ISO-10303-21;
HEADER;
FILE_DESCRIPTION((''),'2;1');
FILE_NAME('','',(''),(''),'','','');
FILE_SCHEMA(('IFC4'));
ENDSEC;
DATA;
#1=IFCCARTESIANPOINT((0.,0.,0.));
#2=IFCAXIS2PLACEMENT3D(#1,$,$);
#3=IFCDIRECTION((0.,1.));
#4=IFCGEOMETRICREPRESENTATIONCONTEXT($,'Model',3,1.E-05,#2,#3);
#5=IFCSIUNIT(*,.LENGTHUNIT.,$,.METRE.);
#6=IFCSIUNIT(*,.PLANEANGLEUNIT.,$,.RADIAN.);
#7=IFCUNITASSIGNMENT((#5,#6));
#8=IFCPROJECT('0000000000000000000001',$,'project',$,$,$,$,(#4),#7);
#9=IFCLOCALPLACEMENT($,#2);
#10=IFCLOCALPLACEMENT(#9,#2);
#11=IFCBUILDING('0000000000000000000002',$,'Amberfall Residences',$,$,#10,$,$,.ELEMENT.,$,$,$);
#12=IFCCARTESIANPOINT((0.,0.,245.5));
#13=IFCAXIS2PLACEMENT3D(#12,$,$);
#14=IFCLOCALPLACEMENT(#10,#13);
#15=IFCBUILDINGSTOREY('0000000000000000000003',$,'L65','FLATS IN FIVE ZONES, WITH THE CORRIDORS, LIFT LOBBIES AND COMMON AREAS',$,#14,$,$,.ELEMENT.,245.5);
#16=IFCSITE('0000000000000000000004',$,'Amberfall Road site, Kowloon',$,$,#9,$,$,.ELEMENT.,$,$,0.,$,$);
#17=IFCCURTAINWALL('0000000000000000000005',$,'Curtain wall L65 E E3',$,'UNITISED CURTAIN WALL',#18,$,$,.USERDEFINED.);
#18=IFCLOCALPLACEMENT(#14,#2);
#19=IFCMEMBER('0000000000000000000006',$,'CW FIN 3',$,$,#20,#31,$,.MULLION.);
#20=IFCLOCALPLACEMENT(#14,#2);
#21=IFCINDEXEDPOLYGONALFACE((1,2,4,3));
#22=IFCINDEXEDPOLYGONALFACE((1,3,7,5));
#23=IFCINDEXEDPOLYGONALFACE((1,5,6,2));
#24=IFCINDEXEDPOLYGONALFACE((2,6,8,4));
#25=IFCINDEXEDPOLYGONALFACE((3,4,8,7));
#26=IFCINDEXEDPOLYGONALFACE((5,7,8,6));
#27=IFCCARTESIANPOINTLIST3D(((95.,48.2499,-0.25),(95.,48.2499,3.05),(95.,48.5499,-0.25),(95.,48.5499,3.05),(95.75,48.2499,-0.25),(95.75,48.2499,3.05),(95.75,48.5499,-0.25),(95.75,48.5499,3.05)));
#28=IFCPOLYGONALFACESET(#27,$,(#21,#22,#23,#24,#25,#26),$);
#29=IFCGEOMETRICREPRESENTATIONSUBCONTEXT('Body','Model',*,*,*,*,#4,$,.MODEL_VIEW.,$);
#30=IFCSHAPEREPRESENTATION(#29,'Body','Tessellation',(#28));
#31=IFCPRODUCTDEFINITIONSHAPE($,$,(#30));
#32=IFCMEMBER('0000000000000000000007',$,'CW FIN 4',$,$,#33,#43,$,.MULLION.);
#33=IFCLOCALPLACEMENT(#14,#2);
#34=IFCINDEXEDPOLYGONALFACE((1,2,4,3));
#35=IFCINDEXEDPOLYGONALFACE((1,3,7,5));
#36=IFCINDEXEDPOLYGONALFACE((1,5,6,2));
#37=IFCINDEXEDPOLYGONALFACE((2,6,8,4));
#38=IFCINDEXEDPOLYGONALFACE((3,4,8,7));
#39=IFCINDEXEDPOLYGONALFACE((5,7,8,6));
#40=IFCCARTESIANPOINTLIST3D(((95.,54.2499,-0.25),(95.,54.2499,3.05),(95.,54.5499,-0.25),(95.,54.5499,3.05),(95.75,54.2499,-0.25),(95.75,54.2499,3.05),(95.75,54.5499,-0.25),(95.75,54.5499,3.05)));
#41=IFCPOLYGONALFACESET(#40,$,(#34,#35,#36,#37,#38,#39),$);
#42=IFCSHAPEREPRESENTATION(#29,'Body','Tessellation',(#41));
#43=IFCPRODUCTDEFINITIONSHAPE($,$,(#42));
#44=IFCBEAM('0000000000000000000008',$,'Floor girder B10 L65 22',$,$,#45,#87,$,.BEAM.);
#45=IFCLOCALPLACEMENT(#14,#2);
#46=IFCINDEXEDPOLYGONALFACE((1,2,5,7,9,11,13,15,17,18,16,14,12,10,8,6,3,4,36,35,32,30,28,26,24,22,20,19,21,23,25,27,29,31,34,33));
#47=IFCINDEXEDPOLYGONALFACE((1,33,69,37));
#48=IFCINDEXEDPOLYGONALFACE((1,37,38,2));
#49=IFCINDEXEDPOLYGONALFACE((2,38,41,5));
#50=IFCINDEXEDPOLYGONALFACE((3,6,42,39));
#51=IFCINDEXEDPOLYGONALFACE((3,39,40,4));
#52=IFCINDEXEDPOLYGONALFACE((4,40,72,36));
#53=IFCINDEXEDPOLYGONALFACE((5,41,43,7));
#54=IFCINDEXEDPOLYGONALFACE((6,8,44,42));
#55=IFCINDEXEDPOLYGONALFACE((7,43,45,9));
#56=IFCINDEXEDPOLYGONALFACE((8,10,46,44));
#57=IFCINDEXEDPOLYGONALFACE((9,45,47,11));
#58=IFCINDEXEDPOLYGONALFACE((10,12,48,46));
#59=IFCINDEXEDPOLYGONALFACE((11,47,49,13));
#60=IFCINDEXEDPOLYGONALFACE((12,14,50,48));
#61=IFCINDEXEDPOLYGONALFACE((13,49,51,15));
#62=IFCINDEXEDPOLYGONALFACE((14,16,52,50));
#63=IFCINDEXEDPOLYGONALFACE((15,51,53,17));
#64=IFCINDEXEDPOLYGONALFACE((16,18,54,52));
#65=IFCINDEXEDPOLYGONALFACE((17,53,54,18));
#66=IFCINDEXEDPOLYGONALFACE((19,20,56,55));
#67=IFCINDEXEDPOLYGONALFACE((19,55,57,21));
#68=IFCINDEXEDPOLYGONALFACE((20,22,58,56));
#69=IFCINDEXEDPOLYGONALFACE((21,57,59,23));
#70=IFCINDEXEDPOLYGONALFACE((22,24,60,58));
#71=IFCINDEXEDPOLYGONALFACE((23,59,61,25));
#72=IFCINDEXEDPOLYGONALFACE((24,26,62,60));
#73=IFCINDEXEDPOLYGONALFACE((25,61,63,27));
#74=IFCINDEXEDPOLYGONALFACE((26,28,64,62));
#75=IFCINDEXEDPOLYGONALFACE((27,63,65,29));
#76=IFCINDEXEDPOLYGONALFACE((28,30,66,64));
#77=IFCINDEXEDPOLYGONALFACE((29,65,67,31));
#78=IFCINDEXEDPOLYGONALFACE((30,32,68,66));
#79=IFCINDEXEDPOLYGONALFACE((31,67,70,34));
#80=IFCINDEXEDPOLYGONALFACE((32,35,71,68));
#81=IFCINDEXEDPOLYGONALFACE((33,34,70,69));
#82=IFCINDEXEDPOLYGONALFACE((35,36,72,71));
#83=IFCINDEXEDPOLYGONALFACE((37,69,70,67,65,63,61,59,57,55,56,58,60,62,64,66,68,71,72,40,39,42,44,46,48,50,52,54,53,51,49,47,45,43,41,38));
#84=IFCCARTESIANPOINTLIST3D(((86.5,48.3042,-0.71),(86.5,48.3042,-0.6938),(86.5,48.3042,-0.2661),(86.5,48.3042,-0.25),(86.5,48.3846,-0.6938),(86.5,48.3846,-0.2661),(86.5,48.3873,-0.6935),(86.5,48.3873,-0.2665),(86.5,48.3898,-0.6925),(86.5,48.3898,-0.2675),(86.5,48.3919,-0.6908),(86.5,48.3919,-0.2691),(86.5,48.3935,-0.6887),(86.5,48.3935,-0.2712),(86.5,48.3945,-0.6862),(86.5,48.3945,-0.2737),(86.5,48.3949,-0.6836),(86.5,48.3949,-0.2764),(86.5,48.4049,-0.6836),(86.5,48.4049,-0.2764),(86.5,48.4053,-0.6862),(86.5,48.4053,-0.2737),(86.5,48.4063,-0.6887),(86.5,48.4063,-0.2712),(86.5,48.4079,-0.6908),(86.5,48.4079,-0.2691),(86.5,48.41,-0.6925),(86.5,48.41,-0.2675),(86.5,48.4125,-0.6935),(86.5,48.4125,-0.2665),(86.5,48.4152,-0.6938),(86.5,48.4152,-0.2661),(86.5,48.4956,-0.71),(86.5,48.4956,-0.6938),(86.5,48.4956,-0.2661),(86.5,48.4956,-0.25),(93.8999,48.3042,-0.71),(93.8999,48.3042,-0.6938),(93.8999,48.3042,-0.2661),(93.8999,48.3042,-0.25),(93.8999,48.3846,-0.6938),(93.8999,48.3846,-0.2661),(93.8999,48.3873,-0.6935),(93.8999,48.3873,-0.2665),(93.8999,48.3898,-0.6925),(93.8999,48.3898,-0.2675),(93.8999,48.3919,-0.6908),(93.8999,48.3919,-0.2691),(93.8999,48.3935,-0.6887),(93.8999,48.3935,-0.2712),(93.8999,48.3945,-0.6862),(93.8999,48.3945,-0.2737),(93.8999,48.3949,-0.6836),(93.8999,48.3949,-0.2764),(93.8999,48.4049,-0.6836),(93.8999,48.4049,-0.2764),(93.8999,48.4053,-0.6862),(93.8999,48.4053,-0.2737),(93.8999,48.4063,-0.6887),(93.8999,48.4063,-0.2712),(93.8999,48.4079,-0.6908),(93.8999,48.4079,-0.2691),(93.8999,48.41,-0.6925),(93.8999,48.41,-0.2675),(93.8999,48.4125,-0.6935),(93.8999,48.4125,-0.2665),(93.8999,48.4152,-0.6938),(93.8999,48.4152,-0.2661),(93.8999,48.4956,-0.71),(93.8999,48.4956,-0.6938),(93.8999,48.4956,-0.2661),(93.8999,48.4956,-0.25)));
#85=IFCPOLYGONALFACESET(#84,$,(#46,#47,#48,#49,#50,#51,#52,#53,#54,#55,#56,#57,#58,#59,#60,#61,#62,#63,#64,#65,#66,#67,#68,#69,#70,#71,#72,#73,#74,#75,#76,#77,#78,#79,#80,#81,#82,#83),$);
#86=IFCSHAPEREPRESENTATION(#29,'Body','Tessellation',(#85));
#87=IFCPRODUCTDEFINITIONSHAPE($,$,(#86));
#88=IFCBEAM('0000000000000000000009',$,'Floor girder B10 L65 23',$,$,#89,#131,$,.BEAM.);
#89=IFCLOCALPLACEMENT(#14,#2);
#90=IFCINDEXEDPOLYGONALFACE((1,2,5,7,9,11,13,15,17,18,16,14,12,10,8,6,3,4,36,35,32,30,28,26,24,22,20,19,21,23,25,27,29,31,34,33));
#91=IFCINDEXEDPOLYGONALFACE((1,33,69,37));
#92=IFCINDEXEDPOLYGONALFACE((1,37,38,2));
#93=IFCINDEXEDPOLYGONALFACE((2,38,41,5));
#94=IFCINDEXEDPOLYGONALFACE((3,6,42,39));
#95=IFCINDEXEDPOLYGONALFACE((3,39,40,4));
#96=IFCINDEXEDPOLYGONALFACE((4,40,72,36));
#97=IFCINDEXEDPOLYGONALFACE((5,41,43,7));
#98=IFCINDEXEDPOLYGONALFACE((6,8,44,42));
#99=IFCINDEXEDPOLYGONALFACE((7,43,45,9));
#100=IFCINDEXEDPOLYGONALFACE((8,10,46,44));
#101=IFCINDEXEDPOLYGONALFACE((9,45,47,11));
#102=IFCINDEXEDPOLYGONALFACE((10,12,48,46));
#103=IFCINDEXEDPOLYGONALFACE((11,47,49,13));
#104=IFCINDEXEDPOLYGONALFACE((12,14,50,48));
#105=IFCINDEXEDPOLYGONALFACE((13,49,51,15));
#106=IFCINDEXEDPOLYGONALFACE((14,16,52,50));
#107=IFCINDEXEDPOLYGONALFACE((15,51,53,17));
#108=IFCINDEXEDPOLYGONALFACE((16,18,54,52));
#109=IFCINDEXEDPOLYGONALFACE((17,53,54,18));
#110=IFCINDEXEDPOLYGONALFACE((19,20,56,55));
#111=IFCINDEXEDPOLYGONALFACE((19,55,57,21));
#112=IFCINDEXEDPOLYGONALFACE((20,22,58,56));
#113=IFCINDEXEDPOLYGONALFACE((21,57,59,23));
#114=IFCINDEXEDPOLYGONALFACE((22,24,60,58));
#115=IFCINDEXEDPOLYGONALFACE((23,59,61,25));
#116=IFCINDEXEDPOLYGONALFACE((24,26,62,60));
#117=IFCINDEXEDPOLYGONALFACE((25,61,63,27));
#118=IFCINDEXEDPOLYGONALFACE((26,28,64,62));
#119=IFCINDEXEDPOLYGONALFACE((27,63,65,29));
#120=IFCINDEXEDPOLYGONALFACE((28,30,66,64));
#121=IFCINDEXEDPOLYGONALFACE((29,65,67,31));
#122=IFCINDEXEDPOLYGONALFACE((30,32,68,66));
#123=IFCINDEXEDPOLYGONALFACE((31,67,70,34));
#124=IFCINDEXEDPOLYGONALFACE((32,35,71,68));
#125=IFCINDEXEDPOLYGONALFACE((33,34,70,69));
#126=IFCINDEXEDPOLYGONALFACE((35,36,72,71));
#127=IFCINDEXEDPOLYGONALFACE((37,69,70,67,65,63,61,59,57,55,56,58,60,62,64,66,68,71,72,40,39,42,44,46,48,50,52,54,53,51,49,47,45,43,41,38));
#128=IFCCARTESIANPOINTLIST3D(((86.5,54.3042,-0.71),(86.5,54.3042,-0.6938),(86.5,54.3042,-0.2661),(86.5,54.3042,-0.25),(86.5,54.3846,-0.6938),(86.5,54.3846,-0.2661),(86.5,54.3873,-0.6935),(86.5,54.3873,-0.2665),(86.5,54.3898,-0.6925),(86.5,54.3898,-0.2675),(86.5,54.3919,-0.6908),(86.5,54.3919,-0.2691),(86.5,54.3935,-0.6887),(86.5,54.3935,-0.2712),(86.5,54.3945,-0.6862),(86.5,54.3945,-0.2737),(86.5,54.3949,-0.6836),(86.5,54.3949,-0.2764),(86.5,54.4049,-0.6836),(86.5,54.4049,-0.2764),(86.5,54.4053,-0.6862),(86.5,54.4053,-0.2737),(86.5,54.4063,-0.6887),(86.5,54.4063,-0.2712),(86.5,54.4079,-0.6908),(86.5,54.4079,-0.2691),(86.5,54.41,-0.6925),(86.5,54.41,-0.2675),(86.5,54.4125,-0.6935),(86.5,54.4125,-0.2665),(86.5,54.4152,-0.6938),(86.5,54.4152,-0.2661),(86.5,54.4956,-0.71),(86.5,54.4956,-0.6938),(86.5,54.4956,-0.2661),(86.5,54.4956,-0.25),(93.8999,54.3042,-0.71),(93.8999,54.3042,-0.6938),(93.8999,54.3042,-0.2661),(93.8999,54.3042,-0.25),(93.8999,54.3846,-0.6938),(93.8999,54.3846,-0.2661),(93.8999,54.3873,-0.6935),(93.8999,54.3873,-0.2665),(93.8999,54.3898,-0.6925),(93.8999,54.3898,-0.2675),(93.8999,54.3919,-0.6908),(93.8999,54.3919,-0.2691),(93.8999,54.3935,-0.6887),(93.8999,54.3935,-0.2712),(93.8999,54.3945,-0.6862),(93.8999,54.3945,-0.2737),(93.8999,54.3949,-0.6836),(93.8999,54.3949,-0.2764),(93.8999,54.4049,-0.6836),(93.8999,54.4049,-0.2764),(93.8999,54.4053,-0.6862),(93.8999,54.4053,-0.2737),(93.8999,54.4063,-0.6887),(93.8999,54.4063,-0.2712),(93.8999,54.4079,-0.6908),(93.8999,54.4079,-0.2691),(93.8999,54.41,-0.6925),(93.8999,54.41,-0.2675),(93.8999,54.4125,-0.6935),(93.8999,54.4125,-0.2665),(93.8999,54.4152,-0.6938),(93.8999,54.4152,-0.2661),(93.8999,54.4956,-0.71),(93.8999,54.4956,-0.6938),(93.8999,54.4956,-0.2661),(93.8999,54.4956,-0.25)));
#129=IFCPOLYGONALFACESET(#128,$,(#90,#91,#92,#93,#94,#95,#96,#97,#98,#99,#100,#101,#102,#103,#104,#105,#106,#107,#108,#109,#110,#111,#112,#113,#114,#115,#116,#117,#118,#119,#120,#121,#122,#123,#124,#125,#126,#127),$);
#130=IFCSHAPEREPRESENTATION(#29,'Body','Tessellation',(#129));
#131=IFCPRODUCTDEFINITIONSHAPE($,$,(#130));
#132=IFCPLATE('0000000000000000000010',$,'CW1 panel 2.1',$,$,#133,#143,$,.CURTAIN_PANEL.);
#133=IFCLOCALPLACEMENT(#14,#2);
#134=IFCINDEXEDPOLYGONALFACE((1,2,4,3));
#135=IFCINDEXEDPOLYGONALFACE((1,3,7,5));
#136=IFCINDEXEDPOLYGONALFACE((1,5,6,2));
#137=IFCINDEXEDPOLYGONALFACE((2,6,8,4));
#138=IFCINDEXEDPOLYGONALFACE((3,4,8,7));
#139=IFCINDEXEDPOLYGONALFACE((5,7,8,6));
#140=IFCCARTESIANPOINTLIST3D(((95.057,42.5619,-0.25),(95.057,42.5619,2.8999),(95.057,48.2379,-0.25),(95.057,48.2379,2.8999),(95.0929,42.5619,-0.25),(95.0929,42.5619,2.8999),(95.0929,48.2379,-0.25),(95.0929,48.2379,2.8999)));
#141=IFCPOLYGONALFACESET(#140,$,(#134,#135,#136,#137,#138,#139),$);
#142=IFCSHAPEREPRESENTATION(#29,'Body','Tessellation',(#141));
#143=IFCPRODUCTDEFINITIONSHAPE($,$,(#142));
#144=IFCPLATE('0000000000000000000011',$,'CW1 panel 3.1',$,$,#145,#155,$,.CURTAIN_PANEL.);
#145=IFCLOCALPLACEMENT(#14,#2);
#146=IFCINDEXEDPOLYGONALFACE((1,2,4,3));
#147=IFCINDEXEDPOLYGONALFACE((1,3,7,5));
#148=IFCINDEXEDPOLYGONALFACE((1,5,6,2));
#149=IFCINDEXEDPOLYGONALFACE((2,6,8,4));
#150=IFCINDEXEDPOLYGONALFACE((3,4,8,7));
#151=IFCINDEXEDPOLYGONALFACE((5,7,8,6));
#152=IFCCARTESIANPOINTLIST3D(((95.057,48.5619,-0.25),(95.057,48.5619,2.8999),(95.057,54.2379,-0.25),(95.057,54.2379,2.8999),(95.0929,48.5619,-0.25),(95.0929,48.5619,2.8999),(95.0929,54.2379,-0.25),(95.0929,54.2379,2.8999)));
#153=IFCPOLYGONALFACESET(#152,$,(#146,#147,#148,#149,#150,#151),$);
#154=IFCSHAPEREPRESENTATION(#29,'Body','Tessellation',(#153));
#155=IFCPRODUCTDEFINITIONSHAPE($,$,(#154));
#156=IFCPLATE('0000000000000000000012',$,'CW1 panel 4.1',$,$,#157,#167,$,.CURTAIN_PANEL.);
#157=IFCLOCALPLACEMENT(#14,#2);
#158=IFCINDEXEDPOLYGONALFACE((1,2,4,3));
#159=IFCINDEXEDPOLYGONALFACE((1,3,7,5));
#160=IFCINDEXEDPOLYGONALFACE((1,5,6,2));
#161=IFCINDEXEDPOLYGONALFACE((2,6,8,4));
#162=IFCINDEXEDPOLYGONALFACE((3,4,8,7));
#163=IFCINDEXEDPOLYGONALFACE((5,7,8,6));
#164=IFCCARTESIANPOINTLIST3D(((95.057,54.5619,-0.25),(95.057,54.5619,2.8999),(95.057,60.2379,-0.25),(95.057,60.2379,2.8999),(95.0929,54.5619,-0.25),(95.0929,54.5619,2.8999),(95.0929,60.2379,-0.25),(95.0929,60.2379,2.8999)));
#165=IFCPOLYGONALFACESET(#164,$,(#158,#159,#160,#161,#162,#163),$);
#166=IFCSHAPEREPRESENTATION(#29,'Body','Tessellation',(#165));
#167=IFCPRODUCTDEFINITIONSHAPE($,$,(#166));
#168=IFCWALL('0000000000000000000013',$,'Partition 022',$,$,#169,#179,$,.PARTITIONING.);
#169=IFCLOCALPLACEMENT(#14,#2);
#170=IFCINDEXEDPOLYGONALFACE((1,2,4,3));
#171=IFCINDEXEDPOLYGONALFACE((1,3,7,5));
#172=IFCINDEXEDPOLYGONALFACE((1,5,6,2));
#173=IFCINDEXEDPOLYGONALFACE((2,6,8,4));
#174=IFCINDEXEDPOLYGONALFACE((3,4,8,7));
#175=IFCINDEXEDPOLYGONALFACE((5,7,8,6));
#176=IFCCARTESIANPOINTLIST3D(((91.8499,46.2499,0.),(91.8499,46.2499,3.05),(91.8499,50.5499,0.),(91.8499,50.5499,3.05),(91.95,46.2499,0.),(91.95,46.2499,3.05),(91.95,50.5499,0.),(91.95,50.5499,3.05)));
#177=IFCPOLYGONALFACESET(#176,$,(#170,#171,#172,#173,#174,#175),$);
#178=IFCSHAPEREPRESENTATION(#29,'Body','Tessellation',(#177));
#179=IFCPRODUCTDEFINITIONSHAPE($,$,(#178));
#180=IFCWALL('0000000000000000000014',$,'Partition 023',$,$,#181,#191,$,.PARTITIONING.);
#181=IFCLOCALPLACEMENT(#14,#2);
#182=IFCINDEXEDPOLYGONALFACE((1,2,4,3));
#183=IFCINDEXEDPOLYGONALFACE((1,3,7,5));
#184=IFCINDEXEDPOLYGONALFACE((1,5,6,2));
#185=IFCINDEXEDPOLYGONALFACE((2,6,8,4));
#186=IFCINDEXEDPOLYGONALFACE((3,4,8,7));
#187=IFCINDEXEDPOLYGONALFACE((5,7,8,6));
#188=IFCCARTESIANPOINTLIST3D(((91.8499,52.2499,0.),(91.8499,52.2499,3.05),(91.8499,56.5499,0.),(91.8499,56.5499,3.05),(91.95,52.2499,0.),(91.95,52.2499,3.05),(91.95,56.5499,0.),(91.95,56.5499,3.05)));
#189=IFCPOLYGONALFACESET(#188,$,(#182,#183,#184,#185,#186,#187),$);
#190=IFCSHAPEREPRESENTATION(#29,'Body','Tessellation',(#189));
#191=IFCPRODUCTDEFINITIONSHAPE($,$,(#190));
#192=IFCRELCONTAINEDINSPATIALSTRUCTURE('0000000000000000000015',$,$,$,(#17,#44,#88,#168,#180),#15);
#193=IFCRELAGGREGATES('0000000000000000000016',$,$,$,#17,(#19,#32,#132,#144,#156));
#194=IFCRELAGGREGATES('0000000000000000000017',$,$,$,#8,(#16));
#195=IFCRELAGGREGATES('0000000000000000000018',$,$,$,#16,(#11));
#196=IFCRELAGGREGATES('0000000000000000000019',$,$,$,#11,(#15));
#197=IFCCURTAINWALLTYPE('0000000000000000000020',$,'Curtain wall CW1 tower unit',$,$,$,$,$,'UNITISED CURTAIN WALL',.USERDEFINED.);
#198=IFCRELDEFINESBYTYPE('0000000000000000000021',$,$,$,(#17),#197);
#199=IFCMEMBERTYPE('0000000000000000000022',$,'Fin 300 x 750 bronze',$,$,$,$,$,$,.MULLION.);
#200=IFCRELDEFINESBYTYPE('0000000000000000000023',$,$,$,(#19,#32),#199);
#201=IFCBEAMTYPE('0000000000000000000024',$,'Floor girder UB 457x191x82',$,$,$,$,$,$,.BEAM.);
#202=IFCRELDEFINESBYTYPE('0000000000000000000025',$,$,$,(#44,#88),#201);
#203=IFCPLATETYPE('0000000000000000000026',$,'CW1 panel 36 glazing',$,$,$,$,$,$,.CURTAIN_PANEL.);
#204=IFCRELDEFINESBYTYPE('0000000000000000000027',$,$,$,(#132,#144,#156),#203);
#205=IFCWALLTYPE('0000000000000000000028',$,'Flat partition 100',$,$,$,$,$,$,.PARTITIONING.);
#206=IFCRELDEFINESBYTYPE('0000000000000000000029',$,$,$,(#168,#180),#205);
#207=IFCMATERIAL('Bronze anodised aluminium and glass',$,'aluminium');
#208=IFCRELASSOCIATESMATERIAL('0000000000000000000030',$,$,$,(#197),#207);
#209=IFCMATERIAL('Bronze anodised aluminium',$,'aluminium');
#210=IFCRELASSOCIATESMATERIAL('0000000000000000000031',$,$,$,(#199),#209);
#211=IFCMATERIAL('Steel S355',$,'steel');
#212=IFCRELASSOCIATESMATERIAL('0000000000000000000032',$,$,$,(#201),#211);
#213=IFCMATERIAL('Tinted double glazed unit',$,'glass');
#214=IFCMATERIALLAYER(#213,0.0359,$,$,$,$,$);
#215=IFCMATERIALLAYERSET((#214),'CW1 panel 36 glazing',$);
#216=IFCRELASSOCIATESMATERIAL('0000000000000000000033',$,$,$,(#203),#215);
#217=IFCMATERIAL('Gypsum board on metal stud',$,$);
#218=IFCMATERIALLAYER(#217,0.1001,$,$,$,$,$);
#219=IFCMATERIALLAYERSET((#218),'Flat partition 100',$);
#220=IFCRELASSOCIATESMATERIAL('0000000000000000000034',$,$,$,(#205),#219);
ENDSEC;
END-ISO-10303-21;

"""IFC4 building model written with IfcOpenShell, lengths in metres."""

from ifc_helpers import new_model, si_unit, direction, frame, frame_2d, origin, origin_2d, place, context, subcontext, project, spatial, rectangle, i_section, extrude, material, layer, layer_set, material_profile, profile_set, type_object, element, aggregate, save


model = new_model("IFC4")

# Units and contexts
model_context = context("Model", 3, precision=1e-05, world=origin(), true_north=direction((0.0, 1.0)))
body_context = subcontext(model_context, "Body", "Model", "MODEL_VIEW")
ifc_project = project(units=[si_unit("LENGTHUNIT", "METRE"), si_unit("PLANEANGLEUNIT", "RADIAN")], contexts=[model_context])

# Site, building, storey
site_placement = place(None, origin())
site = spatial("IfcSite", under=ifc_project, at=site_placement, Name="Amberfall Road site, Kowloon", CompositionType="ELEMENT", RefElevation=0.0)
building_placement = place(site_placement, origin())
building = spatial("IfcBuilding", under=site, at=building_placement, Name="Amberfall Residences", CompositionType="ELEMENT")
storey_placement = place(building_placement, frame((0.0, 0.0, 245.5)))
storey = spatial("IfcBuildingStorey", under=building, at=storey_placement, Name="L65", Description="FLATS IN FIVE ZONES, WITH THE CORRIDORS, LIFT LOBBIES AND COMMON AREAS", CompositionType="ELEMENT", Elevation=245.5)

# Curtain wall
ifc_material_1 = material(Name="Bronze anodised aluminium and glass", Category="aluminium")
curtain_wall_type = type_object("IfcCurtainWallType", Name="Curtain wall CW1 tower unit", ElementType="UNITISED CURTAIN WALL", PredefinedType="USERDEFINED", material=ifc_material_1)
curtain_wall_placement = place(storey_placement, origin())
curtain_wall = element("IfcCurtainWall", 1, at=curtain_wall_placement, inside=storey, type_object=curtain_wall_type, Name="Curtain wall L65 E E3", ObjectType="UNITISED CURTAIN WALL", PredefinedType="USERDEFINED")
ifc_material_2 = material(Name="Bronze anodised aluminium", Category="aluminium")

# Shared definitions
ifc_material_3 = material(Name="Steel S355", Category="steel")

# Members
ifc_material_profile_1 = material_profile(ifc_material_2, rectangle(XDim=0.75, YDim=0.3, at=origin_2d()), Name="Fin 300 x 750 bronze")
ifc_profile_set_1 = profile_set([ifc_material_profile_1], Name="Bronze anodised aluminium")
member_type_1 = type_object("IfcMemberType", Name="Fin 300 x 750 bronze", PredefinedType="MULLION", material=ifc_profile_set_1)
member_1_placement = place(storey_placement, frame((95.375, 48.3999, -0.25), z_axis=(0.0, 0.0, 1.0), x_axis=(-1.0, 0.0, 0.0)))
member_1 = element("IfcMember", 2, at=member_1_placement, type_object=member_type_1, Name="CW FIN 3", PredefinedType="MULLION", context=body_context, shape_type="SweptSolid", body=[
    extrude(rectangle(XDim=0.75, YDim=0.3, at=origin_2d()), origin(), (0.0, 0.0, 1.0), 3.3),
])
member_2_placement = place(storey_placement, frame((95.375, 54.3999, -0.25), z_axis=(0.0, 0.0, 1.0), x_axis=(-1.0, 0.0, 0.0)))
member_2 = element("IfcMember", 3, at=member_2_placement, type_object=member_type_1, Name="CW FIN 4", PredefinedType="MULLION", context=body_context, shape_type="SweptSolid", body=[
    extrude(rectangle(XDim=0.75, YDim=0.3, at=origin_2d()), origin(), (0.0, 0.0, 1.0), 3.3),
])

# Beams
ifc_material_profile_2 = material_profile(ifc_material_3, i_section(OverallWidth=0.1914, OverallDepth=0.46, WebThickness=0.01, FlangeThickness=0.0161, FilletRadius=0.0103, at=origin_2d()), Name="UB 457x191x82")
ifc_profile_set_2 = profile_set([ifc_material_profile_2], Name="Steel S355")
beam_type_1 = type_object("IfcBeamType", Name="Floor girder UB 457x191x82", PredefinedType="BEAM", material=ifc_profile_set_2)
for number, where, z_axis, x_axis, name in (
    (4, (93.8999, 48.3999, -0.48), (-1.0, 0.0, 0.0), (0.0, -1.0, 0.0), "Floor girder B10 L65 22"),
    (5, (93.8999, 54.3999, -0.48), (-1.0, 0.0, 0.0), (0.0, -1.0, 0.0), "Floor girder B10 L65 23"),
):
    element("IfcBeam", number, at=place(storey_placement, frame(where, z_axis=z_axis, x_axis=x_axis)), inside=storey, type_object=beam_type_1, Name=name, PredefinedType="BEAM", context=body_context, shape_type="SweptSolid", body=[
        extrude(i_section(OverallWidth=0.1914, OverallDepth=0.46, WebThickness=0.01, FlangeThickness=0.0161, FilletRadius=0.0103, at=origin_2d()), origin(), (0.0, 0.0, 1.0), 7.3999),
    ])

# Plates
ifc_material_4 = material(Name="Tinted double glazed unit", Category="glass")
ifc_layer_1 = layer(ifc_material_4, 0.0359)
ifc_layer_set_1 = layer_set([ifc_layer_1], Name="CW1 panel 36 glazing")
plate_type = type_object("IfcPlateType", Name="CW1 panel 36 glazing", PredefinedType="CURTAIN_PANEL", material=ifc_layer_set_1)
plate_1_placement = place(storey_placement, frame((95.075, 45.3999, -0.25), z_axis=(0.0, 0.0, 1.0), x_axis=(0.0, 1.0, 0.0)))
plate_1 = element("IfcPlate", 6, at=plate_1_placement, type_object=plate_type, Name="CW1 panel 2.1", PredefinedType="CURTAIN_PANEL", context=body_context, shape_type="SweptSolid", body=[
    extrude(rectangle(XDim=5.676, YDim=0.0359, at=origin_2d()), origin(), (0.0, 0.0, 1.0), 3.1499),
])
plate_2_placement = place(storey_placement, frame((95.075, 51.3999, -0.25), z_axis=(0.0, 0.0, 1.0), x_axis=(0.0, 1.0, 0.0)))
plate_2 = element("IfcPlate", 7, at=plate_2_placement, type_object=plate_type, Name="CW1 panel 3.1", PredefinedType="CURTAIN_PANEL", context=body_context, shape_type="SweptSolid", body=[
    extrude(rectangle(XDim=5.676, YDim=0.0359, at=origin_2d()), origin(), (0.0, 0.0, 1.0), 3.1499),
])
plate_3_placement = place(storey_placement, frame((95.075, 57.3999, -0.25), z_axis=(0.0, 0.0, 1.0), x_axis=(0.0, 1.0, 0.0)))
plate_3 = element("IfcPlate", 8, at=plate_3_placement, type_object=plate_type, Name="CW1 panel 4.1", PredefinedType="CURTAIN_PANEL", context=body_context, shape_type="SweptSolid", body=[
    extrude(rectangle(XDim=5.676, YDim=0.0359, at=origin_2d()), origin(), (0.0, 0.0, 1.0), 3.1499),
])
aggregate(curtain_wall, [member_1, member_2, plate_1, plate_2, plate_3])

# Walls
ifc_material_5 = material(Name="Gypsum board on metal stud")
ifc_layer_2 = layer(ifc_material_5, 0.1001)
ifc_layer_set_2 = layer_set([ifc_layer_2], Name="Flat partition 100")
wall_type = type_object("IfcWallType", Name="Flat partition 100", PredefinedType="PARTITIONING", material=ifc_layer_set_2)
for number, where, z_axis, x_axis, name in (
    (9, (91.8999, 46.25, 0.0), (0.0, 0.0, 1.0), (0.0, 1.0, 0.0), "Partition 022"),
    (10, (91.8999, 52.25, 0.0), (0.0, 0.0, 1.0), (0.0, 1.0, 0.0), "Partition 023"),
):
    element("IfcWall", number, at=place(storey_placement, frame(where, z_axis=z_axis, x_axis=x_axis)), inside=storey, type_object=wall_type, Name=name, PredefinedType="PARTITIONING", context=body_context, shape_type="SweptSolid", body=[
        extrude(rectangle(XDim=4.3, YDim=0.1001, at=frame_2d((2.1499, 0.0))), origin(), (0.0, 0.0, 1.0), 3.05),
    ])

save(model, "model.ifc")
